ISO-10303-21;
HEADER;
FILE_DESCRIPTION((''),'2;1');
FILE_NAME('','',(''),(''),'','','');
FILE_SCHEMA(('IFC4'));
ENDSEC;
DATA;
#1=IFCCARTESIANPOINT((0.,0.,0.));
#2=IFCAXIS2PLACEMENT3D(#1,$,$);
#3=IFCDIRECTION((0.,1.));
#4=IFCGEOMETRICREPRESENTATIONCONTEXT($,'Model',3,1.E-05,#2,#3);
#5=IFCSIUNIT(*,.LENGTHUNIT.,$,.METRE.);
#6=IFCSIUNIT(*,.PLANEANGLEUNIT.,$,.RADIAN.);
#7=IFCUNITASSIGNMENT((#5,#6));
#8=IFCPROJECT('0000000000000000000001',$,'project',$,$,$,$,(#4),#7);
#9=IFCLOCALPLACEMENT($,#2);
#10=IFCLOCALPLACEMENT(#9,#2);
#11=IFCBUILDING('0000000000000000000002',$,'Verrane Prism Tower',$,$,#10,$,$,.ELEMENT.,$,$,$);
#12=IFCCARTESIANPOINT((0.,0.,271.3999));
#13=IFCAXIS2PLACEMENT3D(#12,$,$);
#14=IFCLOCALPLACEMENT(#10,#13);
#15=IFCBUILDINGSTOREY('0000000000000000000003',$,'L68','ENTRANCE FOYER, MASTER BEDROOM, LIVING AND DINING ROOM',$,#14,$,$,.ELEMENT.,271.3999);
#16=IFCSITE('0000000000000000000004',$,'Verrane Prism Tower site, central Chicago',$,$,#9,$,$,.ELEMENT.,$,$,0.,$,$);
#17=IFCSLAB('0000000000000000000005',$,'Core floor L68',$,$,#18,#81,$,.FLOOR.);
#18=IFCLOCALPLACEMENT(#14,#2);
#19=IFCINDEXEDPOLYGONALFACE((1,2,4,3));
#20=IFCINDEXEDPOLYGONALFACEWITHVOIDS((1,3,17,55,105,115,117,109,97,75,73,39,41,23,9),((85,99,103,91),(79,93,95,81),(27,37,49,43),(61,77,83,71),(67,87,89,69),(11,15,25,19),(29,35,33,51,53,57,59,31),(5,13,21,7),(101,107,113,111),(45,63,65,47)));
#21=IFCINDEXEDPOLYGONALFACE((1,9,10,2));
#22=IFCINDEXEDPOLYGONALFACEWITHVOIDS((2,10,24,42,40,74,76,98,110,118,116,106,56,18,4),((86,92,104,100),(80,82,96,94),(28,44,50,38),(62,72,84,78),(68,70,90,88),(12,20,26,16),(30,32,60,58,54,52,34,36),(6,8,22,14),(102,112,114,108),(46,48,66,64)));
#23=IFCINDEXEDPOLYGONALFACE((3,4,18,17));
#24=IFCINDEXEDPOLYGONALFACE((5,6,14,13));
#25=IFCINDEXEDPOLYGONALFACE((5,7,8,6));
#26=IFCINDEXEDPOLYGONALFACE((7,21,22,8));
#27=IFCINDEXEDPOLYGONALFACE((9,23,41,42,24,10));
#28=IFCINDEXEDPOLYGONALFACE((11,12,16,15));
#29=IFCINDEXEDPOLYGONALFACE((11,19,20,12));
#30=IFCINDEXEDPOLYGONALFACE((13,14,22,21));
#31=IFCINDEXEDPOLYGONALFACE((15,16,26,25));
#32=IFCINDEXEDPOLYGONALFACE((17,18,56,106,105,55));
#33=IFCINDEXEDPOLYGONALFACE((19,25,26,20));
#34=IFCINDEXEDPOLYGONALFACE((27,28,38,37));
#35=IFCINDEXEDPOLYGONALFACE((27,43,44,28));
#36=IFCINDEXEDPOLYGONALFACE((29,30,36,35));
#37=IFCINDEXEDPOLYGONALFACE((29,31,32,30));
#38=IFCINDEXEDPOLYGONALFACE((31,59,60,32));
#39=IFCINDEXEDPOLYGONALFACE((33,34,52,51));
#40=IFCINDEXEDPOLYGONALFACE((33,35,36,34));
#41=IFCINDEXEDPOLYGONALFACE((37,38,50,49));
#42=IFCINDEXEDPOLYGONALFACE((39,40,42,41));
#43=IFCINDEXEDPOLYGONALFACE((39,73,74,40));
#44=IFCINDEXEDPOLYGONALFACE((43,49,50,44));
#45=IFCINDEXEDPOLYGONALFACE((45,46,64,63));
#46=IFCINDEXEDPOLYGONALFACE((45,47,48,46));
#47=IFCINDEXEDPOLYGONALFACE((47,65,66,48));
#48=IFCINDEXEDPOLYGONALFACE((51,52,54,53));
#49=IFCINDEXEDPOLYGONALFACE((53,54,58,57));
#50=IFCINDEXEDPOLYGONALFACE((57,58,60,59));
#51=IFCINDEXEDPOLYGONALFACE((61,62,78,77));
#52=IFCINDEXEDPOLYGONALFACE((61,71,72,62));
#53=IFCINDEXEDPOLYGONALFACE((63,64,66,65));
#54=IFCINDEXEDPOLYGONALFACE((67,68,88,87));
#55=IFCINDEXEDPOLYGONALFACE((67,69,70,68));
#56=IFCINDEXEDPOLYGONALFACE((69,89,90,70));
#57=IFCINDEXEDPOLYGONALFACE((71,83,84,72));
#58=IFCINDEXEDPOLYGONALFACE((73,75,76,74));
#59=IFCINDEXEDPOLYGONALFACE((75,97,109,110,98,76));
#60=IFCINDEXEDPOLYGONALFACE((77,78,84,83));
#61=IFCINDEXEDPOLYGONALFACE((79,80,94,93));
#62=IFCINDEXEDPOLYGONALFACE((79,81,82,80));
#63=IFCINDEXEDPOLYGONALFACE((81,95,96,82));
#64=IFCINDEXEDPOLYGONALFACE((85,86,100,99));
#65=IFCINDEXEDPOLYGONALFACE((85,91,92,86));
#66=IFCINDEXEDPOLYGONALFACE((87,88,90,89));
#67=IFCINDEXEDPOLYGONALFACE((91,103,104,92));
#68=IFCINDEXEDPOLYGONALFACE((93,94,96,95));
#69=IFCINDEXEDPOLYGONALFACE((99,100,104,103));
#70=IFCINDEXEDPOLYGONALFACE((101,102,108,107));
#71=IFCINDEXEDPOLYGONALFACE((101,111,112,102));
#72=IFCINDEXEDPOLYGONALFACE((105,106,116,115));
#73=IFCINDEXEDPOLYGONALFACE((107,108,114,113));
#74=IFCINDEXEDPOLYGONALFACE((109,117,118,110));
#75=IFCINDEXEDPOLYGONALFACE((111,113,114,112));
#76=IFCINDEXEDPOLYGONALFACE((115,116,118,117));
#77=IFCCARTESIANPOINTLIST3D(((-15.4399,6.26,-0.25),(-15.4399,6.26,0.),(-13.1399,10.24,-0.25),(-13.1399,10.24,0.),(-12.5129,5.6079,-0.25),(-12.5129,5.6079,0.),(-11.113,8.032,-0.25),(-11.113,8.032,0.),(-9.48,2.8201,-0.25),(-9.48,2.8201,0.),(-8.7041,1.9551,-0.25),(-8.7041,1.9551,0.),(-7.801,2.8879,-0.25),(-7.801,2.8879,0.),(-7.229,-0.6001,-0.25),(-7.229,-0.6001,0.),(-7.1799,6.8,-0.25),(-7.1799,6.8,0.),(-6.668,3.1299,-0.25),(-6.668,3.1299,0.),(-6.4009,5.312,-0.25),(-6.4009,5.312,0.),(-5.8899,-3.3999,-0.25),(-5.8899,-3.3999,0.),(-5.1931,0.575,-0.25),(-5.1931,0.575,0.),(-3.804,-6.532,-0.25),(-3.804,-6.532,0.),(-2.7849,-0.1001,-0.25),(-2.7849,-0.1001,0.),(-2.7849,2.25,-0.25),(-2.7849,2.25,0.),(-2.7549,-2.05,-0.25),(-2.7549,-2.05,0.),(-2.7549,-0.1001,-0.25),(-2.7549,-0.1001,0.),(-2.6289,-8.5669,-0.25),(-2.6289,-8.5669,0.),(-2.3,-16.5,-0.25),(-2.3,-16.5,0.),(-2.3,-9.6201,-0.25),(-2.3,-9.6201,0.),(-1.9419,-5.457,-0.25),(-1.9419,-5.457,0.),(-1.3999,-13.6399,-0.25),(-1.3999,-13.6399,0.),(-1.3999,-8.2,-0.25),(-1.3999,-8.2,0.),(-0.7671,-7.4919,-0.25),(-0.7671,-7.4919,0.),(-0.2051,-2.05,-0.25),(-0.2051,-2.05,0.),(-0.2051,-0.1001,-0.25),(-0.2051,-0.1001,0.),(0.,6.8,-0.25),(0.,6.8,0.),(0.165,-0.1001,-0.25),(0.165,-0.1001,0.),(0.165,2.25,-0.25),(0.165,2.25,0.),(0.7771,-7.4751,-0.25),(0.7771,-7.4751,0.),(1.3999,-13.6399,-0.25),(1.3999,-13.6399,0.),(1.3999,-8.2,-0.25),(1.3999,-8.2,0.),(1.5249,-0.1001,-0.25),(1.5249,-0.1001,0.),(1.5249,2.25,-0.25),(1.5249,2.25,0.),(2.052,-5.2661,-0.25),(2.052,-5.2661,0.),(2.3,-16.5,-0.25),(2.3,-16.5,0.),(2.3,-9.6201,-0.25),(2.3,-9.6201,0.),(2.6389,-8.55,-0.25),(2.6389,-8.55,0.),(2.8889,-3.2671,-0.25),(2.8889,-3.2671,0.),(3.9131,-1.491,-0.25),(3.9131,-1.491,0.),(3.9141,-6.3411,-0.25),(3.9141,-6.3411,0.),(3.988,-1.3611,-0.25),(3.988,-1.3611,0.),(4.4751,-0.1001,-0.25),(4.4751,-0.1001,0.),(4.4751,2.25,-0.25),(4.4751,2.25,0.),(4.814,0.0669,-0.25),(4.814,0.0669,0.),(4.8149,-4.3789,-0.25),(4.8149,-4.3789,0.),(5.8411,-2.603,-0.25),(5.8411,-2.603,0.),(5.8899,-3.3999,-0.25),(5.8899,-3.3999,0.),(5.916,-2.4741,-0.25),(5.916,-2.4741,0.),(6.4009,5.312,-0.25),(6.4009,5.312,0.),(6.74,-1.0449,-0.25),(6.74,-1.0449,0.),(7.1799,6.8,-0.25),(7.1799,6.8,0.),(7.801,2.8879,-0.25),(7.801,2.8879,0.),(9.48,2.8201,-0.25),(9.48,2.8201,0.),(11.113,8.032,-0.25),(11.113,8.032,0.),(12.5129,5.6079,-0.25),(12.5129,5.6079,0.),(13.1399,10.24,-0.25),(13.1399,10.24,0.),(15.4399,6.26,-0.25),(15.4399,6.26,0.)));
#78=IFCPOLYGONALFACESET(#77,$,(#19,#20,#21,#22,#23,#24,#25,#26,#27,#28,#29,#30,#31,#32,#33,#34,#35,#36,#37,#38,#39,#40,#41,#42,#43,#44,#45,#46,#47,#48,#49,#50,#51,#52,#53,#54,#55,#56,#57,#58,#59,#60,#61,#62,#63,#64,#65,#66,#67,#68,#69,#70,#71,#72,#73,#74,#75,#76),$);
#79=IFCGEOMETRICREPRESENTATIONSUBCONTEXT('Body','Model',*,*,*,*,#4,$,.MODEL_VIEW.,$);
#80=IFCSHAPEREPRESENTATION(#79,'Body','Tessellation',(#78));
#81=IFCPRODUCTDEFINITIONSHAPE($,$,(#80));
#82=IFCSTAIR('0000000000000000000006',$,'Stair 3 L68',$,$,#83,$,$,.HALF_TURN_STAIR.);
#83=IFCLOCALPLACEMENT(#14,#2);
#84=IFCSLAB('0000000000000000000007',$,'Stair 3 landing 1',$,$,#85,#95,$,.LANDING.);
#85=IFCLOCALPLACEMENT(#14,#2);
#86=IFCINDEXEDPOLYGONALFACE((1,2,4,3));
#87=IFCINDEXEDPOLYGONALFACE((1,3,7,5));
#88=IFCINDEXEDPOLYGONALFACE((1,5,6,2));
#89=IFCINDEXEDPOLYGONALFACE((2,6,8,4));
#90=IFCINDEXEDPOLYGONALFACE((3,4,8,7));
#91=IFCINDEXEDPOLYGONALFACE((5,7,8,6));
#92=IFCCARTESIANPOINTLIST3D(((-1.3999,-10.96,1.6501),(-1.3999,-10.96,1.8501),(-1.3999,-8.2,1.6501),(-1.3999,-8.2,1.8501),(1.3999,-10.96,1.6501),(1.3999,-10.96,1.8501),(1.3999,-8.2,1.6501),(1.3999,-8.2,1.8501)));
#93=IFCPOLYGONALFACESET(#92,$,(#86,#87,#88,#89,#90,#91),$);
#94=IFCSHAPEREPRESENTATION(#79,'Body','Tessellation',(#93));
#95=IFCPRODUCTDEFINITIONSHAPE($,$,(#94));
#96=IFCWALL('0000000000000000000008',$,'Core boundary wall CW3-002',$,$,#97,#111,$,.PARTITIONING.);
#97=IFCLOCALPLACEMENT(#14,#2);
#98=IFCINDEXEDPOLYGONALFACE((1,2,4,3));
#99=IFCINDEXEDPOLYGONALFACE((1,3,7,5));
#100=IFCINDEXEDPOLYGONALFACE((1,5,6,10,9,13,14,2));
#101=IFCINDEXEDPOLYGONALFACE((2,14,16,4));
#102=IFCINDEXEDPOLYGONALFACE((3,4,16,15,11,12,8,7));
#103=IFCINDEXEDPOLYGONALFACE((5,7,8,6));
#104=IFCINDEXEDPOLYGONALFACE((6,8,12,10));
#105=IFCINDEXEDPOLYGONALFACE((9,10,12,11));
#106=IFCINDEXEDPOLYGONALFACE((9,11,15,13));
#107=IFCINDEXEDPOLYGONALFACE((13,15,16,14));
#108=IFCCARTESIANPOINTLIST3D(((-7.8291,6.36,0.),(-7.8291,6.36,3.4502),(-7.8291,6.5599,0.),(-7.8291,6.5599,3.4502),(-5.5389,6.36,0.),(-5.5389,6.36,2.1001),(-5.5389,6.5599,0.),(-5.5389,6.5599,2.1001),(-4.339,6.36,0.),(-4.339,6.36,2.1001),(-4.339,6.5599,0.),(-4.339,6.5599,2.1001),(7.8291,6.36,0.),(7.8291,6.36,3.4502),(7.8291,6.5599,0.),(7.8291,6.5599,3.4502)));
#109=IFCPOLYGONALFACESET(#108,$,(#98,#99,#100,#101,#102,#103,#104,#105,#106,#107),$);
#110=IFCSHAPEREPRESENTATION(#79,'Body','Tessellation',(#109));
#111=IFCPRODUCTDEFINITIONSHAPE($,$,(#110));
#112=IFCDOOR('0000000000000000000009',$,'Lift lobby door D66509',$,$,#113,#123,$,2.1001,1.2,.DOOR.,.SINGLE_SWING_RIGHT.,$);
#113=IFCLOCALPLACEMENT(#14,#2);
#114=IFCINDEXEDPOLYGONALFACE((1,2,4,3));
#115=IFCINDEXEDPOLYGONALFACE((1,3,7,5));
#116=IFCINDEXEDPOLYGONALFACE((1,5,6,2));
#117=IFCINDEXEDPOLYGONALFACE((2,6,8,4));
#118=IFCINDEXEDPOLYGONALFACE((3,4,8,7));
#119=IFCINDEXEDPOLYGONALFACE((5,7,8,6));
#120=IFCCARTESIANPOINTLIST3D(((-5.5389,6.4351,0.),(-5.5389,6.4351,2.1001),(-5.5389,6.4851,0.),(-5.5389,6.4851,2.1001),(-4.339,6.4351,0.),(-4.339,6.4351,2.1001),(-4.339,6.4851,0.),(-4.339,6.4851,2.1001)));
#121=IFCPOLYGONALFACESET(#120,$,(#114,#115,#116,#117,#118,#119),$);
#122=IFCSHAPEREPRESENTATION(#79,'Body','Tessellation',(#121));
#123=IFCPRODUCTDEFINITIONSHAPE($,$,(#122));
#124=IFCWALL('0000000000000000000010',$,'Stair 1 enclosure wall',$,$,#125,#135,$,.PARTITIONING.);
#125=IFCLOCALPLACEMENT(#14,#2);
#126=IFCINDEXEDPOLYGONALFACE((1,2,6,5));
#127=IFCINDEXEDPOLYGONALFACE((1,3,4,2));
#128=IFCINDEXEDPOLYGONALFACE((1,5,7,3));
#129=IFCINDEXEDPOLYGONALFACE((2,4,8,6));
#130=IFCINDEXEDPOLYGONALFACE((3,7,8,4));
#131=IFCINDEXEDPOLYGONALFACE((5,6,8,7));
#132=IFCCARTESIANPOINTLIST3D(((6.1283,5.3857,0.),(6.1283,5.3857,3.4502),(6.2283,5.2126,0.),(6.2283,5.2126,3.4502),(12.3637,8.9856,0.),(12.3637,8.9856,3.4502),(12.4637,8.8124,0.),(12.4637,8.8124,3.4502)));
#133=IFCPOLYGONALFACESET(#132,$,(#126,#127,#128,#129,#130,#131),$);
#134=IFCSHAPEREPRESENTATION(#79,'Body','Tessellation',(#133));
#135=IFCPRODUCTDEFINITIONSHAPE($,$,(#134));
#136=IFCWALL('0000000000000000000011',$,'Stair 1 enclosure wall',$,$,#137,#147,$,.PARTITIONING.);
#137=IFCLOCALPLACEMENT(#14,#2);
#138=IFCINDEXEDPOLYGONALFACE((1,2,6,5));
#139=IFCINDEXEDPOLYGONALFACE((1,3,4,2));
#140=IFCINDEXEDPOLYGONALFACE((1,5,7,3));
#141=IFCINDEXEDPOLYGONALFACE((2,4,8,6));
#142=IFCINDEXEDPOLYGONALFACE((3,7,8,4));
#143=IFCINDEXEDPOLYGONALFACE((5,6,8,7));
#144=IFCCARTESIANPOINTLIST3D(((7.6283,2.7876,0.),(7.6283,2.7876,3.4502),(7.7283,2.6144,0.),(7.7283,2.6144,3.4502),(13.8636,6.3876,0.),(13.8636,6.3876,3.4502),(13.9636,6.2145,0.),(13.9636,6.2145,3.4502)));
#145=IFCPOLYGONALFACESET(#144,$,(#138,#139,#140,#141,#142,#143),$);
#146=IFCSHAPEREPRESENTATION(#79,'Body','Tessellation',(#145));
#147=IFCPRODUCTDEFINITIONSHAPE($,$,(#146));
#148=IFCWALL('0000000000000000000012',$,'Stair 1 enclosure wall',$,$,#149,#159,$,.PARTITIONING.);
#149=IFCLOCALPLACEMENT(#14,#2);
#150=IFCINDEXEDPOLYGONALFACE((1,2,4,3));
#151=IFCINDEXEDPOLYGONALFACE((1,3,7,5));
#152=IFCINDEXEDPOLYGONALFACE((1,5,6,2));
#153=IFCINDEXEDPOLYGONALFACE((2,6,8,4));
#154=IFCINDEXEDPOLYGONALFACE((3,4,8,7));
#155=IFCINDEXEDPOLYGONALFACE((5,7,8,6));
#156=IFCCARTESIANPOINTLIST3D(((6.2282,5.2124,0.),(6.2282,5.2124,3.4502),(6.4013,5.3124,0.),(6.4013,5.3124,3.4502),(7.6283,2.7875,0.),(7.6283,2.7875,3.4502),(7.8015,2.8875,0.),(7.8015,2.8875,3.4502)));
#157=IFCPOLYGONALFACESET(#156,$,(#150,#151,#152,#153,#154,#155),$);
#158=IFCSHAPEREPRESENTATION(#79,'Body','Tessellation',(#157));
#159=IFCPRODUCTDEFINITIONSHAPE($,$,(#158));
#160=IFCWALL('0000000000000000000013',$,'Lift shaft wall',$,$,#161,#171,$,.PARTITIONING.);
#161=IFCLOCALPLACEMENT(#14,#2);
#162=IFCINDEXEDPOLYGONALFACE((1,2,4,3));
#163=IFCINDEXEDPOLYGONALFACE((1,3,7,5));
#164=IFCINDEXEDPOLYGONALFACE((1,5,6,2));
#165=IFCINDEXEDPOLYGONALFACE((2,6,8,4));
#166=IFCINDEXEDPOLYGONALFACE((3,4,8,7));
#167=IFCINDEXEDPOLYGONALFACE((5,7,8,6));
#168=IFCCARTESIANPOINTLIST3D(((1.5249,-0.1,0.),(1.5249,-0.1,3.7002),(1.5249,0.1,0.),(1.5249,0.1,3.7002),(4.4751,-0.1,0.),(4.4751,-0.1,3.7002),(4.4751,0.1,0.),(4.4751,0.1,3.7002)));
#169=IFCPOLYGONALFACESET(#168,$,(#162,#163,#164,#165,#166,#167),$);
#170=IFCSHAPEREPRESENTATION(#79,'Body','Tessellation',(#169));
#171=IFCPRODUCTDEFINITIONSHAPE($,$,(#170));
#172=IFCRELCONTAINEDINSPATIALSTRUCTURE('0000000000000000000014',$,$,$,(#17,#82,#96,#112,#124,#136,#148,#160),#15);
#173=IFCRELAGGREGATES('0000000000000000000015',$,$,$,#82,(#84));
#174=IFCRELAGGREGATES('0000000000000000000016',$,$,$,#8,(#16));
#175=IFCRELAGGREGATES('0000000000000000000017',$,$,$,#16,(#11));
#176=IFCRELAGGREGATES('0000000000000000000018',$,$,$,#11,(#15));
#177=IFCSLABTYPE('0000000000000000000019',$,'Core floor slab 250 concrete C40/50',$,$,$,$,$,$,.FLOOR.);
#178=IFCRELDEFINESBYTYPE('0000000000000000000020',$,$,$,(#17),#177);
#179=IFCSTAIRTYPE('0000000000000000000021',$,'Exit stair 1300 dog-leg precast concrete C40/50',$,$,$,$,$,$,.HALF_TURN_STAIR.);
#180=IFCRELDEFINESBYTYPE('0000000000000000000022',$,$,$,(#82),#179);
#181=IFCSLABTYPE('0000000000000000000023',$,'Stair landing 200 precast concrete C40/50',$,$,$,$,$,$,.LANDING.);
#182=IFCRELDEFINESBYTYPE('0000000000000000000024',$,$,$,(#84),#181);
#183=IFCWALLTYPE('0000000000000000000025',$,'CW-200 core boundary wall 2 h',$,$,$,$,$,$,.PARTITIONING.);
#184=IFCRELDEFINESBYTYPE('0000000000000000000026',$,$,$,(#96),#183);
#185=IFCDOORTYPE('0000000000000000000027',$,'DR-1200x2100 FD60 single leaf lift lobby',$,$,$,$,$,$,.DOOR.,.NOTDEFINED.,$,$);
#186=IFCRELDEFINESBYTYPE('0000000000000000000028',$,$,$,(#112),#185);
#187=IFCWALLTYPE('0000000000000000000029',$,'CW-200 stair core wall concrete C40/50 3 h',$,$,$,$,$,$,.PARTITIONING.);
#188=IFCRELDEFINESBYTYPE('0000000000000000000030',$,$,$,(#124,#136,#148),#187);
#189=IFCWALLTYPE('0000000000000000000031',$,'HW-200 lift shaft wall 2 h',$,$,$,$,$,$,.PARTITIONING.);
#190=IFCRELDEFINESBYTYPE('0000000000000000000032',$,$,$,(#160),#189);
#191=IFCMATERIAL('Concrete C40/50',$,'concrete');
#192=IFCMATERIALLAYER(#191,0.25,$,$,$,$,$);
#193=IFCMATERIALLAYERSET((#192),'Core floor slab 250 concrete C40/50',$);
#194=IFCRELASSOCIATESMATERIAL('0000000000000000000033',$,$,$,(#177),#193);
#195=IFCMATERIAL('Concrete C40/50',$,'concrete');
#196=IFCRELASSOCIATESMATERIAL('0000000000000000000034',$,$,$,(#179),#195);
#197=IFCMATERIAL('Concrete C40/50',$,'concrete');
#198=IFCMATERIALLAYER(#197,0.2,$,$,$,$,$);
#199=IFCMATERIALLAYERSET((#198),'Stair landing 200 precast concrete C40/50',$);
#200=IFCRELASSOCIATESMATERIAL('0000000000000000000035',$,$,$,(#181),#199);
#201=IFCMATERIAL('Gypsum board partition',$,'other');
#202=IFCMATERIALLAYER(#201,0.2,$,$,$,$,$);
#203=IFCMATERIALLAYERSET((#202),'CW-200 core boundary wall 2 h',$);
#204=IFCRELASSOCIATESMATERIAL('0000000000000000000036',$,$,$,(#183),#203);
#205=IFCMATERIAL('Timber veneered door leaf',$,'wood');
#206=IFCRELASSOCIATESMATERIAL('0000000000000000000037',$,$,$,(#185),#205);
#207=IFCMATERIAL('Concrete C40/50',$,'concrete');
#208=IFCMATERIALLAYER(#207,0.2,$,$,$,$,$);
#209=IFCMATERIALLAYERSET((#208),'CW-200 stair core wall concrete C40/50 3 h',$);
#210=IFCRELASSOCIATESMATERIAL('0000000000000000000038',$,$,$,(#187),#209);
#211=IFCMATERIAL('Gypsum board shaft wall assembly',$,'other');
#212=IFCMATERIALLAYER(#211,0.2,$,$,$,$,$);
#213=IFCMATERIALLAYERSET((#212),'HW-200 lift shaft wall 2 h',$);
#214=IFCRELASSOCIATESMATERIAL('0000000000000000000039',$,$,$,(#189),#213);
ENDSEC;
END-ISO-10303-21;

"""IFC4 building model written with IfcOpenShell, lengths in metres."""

from ifc_helpers import new_model, si_unit, direction, frame, frame_2d, origin, place, context, subcontext, project, spatial, polyline, rectangle, outline, extrude, material, layer, layer_set, type_object, element, fill, aggregate, save


model = new_model("IFC4")

# Units and contexts
model_context = context("Model", 3, precision=1e-05, world=origin(), true_north=direction((0.0, 1.0)))
body_context = subcontext(model_context, "Body", "Model", "MODEL_VIEW")
ifc_project = project(units=[si_unit("LENGTHUNIT", "METRE"), si_unit("PLANEANGLEUNIT", "RADIAN")], contexts=[model_context])

# Site, building, storey
site_placement = place(None, origin())
site = spatial("IfcSite", under=ifc_project, at=site_placement, Name="Verrane Prism Tower site, central Chicago", CompositionType="ELEMENT", RefElevation=0.0)
building_placement = place(site_placement, origin())
building = spatial("IfcBuilding", under=site, at=building_placement, Name="Verrane Prism Tower", CompositionType="ELEMENT")
storey_placement = place(building_placement, frame((0.0, 0.0, 271.3999)))
storey = spatial("IfcBuildingStorey", under=building, at=storey_placement, Name="L68", Description="ENTRANCE FOYER, MASTER BEDROOM, LIVING AND DINING ROOM", CompositionType="ELEMENT", Elevation=271.3999)

# Slab
ifc_material_1 = material(Name="Concrete C40/50", Category="concrete")
ifc_layer_1 = layer(ifc_material_1, 0.25)
ifc_layer_set_1 = layer_set([ifc_layer_1], Name="Core floor slab 250 concrete C40/50")
slab_type_1 = type_object("IfcSlabType", Name="Core floor slab 250 concrete C40/50", PredefinedType="FLOOR", material=ifc_layer_set_1)
slab_1_placement = place(storey_placement, frame((0.0, 0.0, -0.25)))
element("IfcSlab", 1, at=slab_1_placement, inside=storey, type_object=slab_type_1, Name="Core floor L68", PredefinedType="FLOOR", context=body_context, shape_type="SweptSolid", body=[
    extrude(outline(polyline([(9.48, 2.8201), (15.4399, 6.26), (13.1399, 10.24), (7.1799, 6.8), (0.0, 6.8), (-7.1799, 6.8), (-13.1399, 10.24), (-15.4399, 6.26), (-9.48, 2.8201), (-5.8899, -3.3999), (-2.3, -9.6201), (-2.3, -16.5), (2.3, -16.5), (2.3, -9.6201), (5.8899, -3.3999), (9.48, 2.8201)]), holes=[polyline([(-1.3999, -8.2), (1.3999, -8.2), (1.3999, -13.6399), (-1.3999, -13.6399), (-1.3999, -8.2)]), polyline([(-0.7671, -7.4919), (-2.6289, -8.5669), (-3.804, -6.532), (-1.9419, -5.457), (-0.7671, -7.4919)]), polyline([(3.9141, -6.3411), (2.6389, -8.55), (0.7771, -7.4751), (2.052, -5.2661), (3.9141, -6.3411)]), polyline([(4.8149, -4.3789), (2.8889, -3.2671), (3.9131, -1.491), (5.8411, -2.603), (4.8149, -4.3789)]), polyline([(6.74, -1.0449), (5.916, -2.4741), (3.988, -1.3611), (4.814, 0.0669), (6.74, -1.0449)]), polyline([(-2.7849, -0.1001), (-2.7849, 2.25), (0.165, 2.25), (0.165, -0.1001), (-0.2051, -0.1001), (-0.2051, -2.05), (-2.7549, -2.05), (-2.7549, -0.1001), (-2.7849, -0.1001)]), polyline([(4.4751, 2.25), (4.4751, -0.1001), (1.5249, -0.1001), (1.5249, 2.25), (4.4751, 2.25)]), polyline([(-8.7041, 1.9551), (-6.668, 3.1299), (-5.1931, 0.575), (-7.229, -0.6001), (-8.7041, 1.9551)]), polyline([(-7.801, 2.8879), (-12.5129, 5.6079), (-11.113, 8.032), (-6.4009, 5.312), (-7.801, 2.8879)]), polyline([(6.4009, 5.312), (11.113, 8.032), (12.5129, 5.6079), (7.801, 2.8879), (6.4009, 5.312)])]), origin(), (0.0, 0.0, 1.0), 0.25),
])

# Stair, slab
ifc_material_2 = material(Name="Concrete C40/50", Category="concrete")
stair_type = type_object("IfcStairType", Name="Exit stair 1300 dog-leg precast concrete C40/50", PredefinedType="HALF_TURN_STAIR", material=ifc_material_2)
stair_1_placement = place(storey_placement, origin())
stair_1 = element("IfcStair", 2, at=stair_1_placement, inside=storey, type_object=stair_type, Name="Stair 3 L68", PredefinedType="HALF_TURN_STAIR")
ifc_material_3 = material(Name="Concrete C40/50", Category="concrete")
ifc_layer_2 = layer(ifc_material_3, 0.2)
ifc_layer_set_2 = layer_set([ifc_layer_2], Name="Stair landing 200 precast concrete C40/50")
slab_type_2 = type_object("IfcSlabType", Name="Stair landing 200 precast concrete C40/50", PredefinedType="LANDING", material=ifc_layer_set_2)
slab_2_placement = place(storey_placement, frame((0.0, 0.0, 1.6501)))
slab_2 = element("IfcSlab", 3, at=slab_2_placement, type_object=slab_type_2, Name="Stair 3 landing 1", PredefinedType="LANDING", context=body_context, shape_type="SweptSolid", body=[
    extrude(outline(polyline([(1.3999, -10.96), (1.3999, -8.2), (-1.3999, -8.2), (-1.3999, -10.96), (1.3999, -10.96)])), origin(), (0.0, 0.0, 1.0), 0.2),
])
aggregate(stair_1, [slab_2])

# Wall, opening, door
ifc_material_4 = material(Name="Gypsum board partition", Category="other")
ifc_layer_3 = layer(ifc_material_4, 0.2)
ifc_layer_set_3 = layer_set([ifc_layer_3], Name="CW-200 core boundary wall 2 h")
wall_type_1 = type_object("IfcWallType", Name="CW-200 core boundary wall 2 h", PredefinedType="PARTITIONING", material=ifc_layer_set_3)
wall_1_placement = place(storey_placement, frame((7.8291, 6.46, 0.0), z_axis=(0.0, 0.0, 1.0), x_axis=(-1.0, 0.0, 0.0)))
wall_1 = element("IfcWall", 4, at=wall_1_placement, inside=storey, type_object=wall_type_1, Name="Core boundary wall CW3-002", PredefinedType="PARTITIONING", context=body_context, shape_type="SweptSolid", body=[
    extrude(rectangle(XDim=15.6582, YDim=0.2, at=frame_2d((7.8291, 0.0))), origin(), (0.0, 0.0, 1.0), 3.4502),
])
opening_1_placement = place(wall_1_placement, frame((12.168, 0.0, 0.0)))
opening_1 = element("IfcOpeningElement", 5, at=opening_1_placement, cuts=wall_1, PredefinedType="OPENING", context=body_context, shape_type="SweptSolid", body=[
    extrude(rectangle(XDim=1.2, YDim=2.1001, at=frame_2d((0.6001, 1.05))), frame((0.0, 0.1099, 0.0), z_axis=(0.0, -1.0, 0.0), x_axis=(1.0, 0.0, 0.0)), (0.0, 0.0, 1.0), 0.22),
])
ifc_material_5 = material(Name="Timber veneered door leaf", Category="wood")
door_type_1 = type_object("IfcDoorType", Name="DR-1200x2100 FD60 single leaf lift lobby", OperationType="NOTDEFINED", PredefinedType="DOOR", material=ifc_material_5)
door_1_placement = place(opening_1_placement, origin())
door_1 = element("IfcDoor", 6, at=door_1_placement, inside=storey, type_object=door_type_1, Name="Lift lobby door D66509", OperationType="SINGLE_SWING_RIGHT", OverallHeight=2.1001, OverallWidth=1.2, PredefinedType="DOOR", context=body_context, shape_type="SweptSolid", body=[
    extrude(rectangle(XDim=1.2, YDim=2.1001, at=frame_2d((0.6001, 1.05))), frame((0.0, 0.0249, 0.0), z_axis=(0.0, -1.0, 0.0), x_axis=(1.0, 0.0, 0.0)), (0.0, 0.0, 1.0), 0.05),
])
fill(opening_1, door_1)

# Walls
ifc_material_6 = material(Name="Concrete C40/50", Category="concrete")
ifc_layer_4 = layer(ifc_material_6, 0.2)
ifc_layer_set_4 = layer_set([ifc_layer_4], Name="CW-200 stair core wall concrete C40/50 3 h")
wall_type_2 = type_object("IfcWallType", Name="CW-200 stair core wall concrete C40/50 3 h", PredefinedType="PARTITIONING", material=ifc_layer_set_4)
for number, where, z_axis, x_axis, name in (
    (7, (6.1782, 5.2991, 0.0), (0.0, 0.0, 1.0), (0.866033, 0.499987, 0.0), "Stair 1 enclosure wall"),
    (8, (7.6782, 2.7009, 0.0), (0.0, 0.0, 1.0), (0.866018, 0.500012, 0.0), "Stair 1 enclosure wall"),
):
    element("IfcWall", number, at=place(storey_placement, frame(where, z_axis=z_axis, x_axis=x_axis)), inside=storey, type_object=wall_type_2, Name=name, PredefinedType="PARTITIONING", context=body_context, shape_type="SweptSolid", body=[
        extrude(rectangle(XDim=7.2, YDim=0.2, at=frame_2d((3.6001, 0.0))), origin(), (0.0, 0.0, 1.0), 3.4502),
    ])
wall_2_placement = place(storey_placement, frame((7.7148, 2.8376, 0.0), z_axis=(0.0, 0.0, 1.0), x_axis=(-0.50005, 0.865997, 0.0)))
element("IfcWall", 9, at=wall_2_placement, inside=storey, type_object=wall_type_2, Name="Stair 1 enclosure wall", PredefinedType="PARTITIONING", context=body_context, shape_type="SweptSolid", body=[
    extrude(rectangle(XDim=2.8, YDim=0.2, at=frame_2d((1.3999, 0.0))), origin(), (0.0, 0.0, 1.0), 3.4502),
])
ifc_material_7 = material(Name="Gypsum board shaft wall assembly", Category="other")
ifc_layer_5 = layer(ifc_material_7, 0.2)
ifc_layer_set_5 = layer_set([ifc_layer_5], Name="HW-200 lift shaft wall 2 h")
wall_type_3 = type_object("IfcWallType", Name="HW-200 lift shaft wall 2 h", PredefinedType="PARTITIONING", material=ifc_layer_set_5)
wall_3_placement = place(storey_placement, frame((1.5249, 0.0, 0.0), z_axis=(0.0, 0.0, 1.0), x_axis=(1.0, 0.0, 0.0)))
element("IfcWall", 10, at=wall_3_placement, inside=storey, type_object=wall_type_3, Name="Lift shaft wall", PredefinedType="PARTITIONING", context=body_context, shape_type="SweptSolid", body=[
    extrude(rectangle(XDim=2.9502, YDim=0.2, at=frame_2d((1.4751, 0.0))), origin(), (0.0, 0.0, 1.0), 3.7002),
])

save(model, "model.ifc")
